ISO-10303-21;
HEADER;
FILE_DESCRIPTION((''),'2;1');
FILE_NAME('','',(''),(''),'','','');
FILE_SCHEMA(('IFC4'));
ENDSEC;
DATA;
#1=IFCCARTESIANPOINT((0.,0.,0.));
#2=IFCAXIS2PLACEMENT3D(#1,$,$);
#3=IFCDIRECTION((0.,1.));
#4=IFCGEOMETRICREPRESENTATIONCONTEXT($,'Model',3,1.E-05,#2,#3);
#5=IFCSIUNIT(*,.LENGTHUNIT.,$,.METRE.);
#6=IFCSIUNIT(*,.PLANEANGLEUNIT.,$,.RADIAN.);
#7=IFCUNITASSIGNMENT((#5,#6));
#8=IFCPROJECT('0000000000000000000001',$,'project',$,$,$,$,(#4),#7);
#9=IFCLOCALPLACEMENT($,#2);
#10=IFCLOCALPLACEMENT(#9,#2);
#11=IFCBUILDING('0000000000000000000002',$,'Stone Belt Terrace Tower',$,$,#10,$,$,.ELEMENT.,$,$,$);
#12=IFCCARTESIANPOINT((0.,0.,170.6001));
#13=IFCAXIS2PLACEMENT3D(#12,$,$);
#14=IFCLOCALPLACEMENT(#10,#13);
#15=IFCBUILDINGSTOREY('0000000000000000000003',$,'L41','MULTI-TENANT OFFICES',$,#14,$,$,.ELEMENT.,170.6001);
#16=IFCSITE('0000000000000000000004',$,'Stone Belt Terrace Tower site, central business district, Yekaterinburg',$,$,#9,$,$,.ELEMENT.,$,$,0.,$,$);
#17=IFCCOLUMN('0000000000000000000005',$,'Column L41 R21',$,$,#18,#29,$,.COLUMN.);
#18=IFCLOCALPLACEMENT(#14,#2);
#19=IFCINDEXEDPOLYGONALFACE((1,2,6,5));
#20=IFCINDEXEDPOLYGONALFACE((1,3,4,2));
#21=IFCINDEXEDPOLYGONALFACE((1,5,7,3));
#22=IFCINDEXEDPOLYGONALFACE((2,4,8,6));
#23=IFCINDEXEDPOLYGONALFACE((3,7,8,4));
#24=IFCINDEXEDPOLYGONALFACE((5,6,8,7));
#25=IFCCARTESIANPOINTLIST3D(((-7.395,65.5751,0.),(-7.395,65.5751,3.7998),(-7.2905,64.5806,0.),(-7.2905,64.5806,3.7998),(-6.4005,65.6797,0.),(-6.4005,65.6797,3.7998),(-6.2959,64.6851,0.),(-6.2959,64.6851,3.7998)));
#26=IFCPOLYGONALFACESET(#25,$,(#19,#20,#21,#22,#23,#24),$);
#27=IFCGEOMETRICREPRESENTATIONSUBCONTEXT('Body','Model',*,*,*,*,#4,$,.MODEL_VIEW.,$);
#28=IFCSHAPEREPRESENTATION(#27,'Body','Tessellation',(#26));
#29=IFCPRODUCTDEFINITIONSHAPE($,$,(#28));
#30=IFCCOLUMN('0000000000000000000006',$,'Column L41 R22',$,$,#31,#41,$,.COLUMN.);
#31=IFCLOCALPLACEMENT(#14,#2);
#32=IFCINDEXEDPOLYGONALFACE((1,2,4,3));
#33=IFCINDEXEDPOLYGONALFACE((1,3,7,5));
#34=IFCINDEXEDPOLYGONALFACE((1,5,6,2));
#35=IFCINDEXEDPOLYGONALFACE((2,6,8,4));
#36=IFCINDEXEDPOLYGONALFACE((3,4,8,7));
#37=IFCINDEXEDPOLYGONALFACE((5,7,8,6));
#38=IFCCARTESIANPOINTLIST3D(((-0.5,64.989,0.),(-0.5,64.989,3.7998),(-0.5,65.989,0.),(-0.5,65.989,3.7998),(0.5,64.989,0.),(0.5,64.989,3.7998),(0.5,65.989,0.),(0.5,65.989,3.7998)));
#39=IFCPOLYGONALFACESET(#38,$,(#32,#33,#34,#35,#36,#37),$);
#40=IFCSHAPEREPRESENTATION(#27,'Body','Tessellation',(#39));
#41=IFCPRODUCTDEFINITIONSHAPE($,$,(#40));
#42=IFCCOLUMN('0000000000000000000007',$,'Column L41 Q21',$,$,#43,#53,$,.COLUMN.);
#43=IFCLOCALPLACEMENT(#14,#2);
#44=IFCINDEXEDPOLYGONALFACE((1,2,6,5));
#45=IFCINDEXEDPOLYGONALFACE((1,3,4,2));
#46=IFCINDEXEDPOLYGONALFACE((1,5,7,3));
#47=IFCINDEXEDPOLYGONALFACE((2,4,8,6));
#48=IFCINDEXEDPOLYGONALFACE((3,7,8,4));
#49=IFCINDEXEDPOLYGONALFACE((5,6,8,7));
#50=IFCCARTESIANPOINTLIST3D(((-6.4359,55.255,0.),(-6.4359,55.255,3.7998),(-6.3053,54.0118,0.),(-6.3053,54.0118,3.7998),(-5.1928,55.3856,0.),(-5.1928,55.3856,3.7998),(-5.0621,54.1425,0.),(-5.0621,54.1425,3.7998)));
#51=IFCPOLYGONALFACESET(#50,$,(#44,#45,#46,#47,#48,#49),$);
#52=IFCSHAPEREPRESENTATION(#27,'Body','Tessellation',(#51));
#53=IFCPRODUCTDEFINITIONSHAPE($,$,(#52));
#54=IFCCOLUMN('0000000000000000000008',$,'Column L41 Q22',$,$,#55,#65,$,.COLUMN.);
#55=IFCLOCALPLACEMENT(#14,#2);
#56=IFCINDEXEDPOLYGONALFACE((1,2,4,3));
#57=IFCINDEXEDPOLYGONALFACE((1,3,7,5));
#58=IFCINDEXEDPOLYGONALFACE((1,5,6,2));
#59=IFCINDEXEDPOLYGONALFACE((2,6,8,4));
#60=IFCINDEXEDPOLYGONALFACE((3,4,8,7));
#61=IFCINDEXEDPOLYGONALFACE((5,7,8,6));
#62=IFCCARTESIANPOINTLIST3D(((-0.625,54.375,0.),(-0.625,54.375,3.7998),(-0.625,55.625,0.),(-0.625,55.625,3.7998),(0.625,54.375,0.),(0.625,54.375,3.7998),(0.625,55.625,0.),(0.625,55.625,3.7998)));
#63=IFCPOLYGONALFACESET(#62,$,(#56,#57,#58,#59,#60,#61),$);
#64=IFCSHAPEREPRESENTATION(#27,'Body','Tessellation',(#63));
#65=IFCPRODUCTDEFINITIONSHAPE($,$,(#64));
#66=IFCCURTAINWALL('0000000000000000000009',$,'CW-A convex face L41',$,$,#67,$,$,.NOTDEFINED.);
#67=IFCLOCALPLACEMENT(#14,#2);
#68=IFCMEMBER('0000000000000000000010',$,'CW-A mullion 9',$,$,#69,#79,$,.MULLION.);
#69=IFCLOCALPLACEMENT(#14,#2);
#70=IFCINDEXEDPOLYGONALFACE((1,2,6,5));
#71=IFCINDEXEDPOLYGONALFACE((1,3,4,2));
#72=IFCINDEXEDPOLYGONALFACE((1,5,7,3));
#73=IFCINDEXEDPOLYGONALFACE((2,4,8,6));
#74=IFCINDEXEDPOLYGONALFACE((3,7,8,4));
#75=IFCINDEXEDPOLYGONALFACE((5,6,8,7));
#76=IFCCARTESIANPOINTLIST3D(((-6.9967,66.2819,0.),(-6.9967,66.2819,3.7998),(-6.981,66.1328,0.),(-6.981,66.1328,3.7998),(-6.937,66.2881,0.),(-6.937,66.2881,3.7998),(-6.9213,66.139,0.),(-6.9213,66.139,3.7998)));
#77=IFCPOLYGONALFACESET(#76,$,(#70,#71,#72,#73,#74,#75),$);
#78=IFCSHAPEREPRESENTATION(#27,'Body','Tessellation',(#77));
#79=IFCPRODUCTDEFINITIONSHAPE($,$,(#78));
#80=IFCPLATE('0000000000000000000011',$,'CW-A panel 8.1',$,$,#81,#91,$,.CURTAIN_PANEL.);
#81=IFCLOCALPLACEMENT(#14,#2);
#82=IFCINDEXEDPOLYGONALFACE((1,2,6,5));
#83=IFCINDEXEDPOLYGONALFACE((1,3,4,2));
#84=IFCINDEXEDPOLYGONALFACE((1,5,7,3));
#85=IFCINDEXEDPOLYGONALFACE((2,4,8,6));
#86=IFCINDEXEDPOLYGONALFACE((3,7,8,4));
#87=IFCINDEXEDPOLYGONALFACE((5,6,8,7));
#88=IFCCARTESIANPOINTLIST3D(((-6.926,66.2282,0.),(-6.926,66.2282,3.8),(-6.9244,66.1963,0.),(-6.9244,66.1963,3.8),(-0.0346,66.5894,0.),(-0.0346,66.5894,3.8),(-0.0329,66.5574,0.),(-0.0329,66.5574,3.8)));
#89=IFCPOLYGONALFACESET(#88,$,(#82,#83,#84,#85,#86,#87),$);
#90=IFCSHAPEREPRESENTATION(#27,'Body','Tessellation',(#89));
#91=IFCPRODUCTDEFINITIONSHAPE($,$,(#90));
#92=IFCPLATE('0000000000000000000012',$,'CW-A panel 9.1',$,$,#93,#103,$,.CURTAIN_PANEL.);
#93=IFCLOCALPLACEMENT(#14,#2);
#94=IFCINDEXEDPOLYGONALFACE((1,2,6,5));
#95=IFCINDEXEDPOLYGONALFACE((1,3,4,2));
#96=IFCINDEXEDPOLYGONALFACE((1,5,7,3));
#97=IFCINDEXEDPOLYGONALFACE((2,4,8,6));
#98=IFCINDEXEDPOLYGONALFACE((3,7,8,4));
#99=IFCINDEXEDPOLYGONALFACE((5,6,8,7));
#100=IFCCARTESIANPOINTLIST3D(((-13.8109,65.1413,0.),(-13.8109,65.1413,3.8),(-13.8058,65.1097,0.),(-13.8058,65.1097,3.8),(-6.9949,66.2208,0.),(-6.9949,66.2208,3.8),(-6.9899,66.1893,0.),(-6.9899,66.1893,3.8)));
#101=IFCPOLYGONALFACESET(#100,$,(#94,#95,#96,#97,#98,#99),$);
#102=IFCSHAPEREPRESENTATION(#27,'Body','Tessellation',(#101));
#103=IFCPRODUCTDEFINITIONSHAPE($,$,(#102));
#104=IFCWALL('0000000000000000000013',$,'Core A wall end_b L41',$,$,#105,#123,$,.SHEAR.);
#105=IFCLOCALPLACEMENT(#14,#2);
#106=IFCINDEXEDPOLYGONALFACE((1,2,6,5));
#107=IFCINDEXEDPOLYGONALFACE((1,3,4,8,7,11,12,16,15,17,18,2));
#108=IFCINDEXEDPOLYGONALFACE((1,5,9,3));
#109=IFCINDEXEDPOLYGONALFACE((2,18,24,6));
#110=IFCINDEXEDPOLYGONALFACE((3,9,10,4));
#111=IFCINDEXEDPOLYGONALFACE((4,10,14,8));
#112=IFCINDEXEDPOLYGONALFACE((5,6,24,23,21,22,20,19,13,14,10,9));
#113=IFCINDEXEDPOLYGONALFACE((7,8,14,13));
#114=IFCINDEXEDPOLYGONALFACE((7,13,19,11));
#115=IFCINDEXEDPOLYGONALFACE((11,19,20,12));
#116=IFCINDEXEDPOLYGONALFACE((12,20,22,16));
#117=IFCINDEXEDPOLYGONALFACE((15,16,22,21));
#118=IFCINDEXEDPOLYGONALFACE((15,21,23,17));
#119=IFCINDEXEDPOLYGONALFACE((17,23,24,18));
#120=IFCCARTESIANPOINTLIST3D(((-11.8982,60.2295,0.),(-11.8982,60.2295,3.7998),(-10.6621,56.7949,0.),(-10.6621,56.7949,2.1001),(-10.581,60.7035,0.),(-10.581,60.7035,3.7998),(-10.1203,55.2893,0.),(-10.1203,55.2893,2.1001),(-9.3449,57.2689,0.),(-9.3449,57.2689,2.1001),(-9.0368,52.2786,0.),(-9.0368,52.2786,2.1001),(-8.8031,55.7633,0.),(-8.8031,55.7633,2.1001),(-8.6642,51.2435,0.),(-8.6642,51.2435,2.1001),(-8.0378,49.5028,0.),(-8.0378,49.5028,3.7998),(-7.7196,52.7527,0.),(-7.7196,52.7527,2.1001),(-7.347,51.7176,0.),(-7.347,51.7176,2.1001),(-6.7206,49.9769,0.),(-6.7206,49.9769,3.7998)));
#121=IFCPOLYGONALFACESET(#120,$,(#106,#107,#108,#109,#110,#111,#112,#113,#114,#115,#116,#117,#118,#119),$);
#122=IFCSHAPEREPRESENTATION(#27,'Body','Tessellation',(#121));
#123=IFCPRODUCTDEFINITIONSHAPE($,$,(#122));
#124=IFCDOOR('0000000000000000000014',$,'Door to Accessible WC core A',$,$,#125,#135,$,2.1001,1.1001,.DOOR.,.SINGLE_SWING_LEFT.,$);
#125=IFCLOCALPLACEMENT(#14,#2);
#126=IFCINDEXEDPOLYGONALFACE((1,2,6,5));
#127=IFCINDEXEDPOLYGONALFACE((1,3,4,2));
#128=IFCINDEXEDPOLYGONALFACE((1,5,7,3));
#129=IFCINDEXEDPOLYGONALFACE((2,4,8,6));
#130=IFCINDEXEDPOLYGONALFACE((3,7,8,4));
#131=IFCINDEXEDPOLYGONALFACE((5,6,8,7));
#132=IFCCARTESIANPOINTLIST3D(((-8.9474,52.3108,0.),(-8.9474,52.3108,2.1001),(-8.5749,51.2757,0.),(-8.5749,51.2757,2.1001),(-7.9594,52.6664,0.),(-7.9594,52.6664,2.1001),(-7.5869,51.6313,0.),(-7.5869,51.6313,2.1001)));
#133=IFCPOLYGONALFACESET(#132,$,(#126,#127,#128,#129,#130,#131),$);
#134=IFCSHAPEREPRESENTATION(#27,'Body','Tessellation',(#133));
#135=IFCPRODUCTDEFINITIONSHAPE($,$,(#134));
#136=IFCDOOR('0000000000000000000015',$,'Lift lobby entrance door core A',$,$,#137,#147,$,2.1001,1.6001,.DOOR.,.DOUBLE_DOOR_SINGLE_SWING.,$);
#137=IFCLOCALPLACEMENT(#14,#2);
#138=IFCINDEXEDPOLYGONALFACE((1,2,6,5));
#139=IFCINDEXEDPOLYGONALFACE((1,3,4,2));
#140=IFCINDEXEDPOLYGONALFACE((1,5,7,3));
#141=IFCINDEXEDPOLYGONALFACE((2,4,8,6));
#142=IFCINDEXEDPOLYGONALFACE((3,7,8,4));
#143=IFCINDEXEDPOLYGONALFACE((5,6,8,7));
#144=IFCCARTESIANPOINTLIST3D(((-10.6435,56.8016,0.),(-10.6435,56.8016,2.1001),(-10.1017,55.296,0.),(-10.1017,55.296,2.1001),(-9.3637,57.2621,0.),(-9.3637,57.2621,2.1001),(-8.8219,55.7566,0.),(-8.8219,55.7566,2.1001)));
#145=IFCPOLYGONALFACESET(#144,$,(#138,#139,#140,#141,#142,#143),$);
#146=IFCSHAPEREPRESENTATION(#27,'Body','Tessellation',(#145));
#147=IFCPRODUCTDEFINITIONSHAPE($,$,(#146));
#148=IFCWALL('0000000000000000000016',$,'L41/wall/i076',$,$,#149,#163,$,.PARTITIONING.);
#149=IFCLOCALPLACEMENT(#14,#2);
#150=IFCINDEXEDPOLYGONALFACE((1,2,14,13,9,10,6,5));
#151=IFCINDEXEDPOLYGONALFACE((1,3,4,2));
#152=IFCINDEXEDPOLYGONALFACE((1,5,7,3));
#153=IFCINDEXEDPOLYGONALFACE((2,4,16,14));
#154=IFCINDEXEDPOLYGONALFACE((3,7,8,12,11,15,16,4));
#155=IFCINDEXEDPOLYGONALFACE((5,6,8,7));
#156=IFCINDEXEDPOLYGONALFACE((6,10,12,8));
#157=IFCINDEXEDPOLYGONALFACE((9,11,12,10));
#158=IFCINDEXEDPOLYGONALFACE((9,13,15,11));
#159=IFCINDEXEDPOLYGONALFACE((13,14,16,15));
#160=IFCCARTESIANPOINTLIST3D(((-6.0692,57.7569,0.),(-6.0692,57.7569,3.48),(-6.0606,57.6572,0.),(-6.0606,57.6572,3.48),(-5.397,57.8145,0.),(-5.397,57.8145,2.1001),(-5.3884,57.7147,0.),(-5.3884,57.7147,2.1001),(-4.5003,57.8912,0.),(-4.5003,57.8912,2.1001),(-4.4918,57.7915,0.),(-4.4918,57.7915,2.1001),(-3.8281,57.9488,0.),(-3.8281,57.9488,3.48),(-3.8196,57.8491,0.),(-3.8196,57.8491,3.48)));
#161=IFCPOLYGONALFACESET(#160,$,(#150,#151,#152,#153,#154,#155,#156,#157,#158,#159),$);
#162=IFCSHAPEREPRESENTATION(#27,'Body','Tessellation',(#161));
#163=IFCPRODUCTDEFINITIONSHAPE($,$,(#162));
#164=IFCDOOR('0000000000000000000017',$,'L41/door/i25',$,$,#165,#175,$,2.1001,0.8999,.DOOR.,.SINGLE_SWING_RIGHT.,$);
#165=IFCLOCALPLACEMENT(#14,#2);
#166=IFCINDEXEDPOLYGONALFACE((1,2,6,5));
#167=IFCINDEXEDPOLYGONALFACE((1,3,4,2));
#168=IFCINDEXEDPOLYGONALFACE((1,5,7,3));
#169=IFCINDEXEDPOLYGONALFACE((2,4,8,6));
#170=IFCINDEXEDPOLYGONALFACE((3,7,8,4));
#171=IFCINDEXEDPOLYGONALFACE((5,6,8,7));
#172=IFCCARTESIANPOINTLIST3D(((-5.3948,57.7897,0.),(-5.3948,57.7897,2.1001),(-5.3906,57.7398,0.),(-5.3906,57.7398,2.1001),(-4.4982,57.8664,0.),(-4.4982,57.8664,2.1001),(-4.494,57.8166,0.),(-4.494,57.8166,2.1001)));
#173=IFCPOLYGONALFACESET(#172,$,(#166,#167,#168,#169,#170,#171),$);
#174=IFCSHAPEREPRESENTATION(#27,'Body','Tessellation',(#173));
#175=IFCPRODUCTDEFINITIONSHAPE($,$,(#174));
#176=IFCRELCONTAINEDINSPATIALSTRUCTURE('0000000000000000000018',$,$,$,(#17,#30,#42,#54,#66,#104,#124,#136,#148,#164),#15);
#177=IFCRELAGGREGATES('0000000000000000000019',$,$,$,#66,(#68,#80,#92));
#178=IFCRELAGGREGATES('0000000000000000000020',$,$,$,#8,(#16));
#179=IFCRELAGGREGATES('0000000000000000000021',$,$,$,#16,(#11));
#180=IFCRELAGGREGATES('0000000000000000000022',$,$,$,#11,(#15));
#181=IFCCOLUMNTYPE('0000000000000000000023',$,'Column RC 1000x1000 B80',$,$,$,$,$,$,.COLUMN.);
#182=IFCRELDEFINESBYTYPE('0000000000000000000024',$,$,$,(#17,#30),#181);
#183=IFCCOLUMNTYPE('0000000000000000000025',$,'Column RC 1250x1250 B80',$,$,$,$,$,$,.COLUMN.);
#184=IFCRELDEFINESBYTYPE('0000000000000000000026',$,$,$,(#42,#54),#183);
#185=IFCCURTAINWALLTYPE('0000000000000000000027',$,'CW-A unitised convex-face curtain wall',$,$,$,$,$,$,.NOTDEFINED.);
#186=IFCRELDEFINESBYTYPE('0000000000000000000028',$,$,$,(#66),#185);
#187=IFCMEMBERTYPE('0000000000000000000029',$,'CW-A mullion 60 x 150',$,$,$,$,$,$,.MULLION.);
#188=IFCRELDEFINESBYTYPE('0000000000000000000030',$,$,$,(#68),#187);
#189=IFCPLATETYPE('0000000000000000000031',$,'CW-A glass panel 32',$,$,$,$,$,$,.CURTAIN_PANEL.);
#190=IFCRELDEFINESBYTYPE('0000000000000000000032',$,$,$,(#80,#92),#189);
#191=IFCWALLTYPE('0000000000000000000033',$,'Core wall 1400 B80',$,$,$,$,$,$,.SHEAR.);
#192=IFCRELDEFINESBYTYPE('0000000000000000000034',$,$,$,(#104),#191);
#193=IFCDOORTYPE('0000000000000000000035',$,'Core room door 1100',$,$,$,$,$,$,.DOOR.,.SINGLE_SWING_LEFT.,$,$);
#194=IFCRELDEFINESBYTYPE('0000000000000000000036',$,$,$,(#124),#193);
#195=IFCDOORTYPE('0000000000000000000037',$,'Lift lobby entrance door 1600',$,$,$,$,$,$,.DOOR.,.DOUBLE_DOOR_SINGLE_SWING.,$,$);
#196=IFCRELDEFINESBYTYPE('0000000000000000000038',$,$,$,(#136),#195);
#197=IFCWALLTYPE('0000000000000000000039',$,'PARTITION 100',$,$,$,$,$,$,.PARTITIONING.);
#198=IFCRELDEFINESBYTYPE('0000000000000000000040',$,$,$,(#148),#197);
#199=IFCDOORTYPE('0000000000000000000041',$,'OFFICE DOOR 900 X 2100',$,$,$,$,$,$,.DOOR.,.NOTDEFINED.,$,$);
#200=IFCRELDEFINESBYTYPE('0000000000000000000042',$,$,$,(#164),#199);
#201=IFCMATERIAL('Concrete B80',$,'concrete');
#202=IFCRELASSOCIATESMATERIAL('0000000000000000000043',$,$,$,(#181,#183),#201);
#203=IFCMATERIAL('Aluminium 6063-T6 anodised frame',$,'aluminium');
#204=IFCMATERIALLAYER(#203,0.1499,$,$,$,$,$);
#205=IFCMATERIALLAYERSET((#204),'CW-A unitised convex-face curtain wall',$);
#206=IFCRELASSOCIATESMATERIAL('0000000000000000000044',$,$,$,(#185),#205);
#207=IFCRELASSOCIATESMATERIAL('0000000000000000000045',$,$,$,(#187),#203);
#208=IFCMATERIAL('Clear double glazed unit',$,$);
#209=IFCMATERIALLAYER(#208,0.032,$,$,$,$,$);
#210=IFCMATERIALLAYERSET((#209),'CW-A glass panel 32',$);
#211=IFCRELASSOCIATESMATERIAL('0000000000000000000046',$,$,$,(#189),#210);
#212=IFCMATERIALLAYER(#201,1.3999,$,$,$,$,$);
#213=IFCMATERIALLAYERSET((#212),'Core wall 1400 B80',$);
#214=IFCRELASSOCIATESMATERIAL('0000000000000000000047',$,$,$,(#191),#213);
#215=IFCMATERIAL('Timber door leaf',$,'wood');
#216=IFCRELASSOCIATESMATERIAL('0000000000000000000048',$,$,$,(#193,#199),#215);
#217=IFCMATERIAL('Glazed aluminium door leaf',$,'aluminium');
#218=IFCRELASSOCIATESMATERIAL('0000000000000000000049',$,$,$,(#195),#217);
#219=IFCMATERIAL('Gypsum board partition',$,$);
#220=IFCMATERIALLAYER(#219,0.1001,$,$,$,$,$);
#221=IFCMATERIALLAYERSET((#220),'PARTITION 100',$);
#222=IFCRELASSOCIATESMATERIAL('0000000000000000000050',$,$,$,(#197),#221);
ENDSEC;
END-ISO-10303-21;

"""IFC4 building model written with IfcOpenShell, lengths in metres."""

from ifc_helpers import new_model, si_unit, direction, frame, frame_2d, origin, origin_2d, place, context, subcontext, project, spatial, rectangle, extrude, material, layer, layer_set, material_profile, profile_set, type_object, element, fill, aggregate, save


model = new_model("IFC4")

# Units and contexts
model_context = context("Model", 3, precision=1e-05, world=origin(), true_north=direction((0.0, 1.0)))
body_context = subcontext(model_context, "Body", "Model", "MODEL_VIEW")
ifc_project = project(units=[si_unit("LENGTHUNIT", "METRE"), si_unit("PLANEANGLEUNIT", "RADIAN")], contexts=[model_context])

# Site, building, storey
site_placement = place(None, origin())
site = spatial("IfcSite", under=ifc_project, at=site_placement, Name="Stone Belt Terrace Tower site, central business district, Yekaterinburg", CompositionType="ELEMENT", RefElevation=0.0)
building_placement = place(site_placement, origin())
building = spatial("IfcBuilding", under=site, at=building_placement, Name="Stone Belt Terrace Tower", CompositionType="ELEMENT")
storey_placement = place(building_placement, frame((0.0, 0.0, 170.6001)))
storey = spatial("IfcBuildingStorey", under=building, at=storey_placement, Name="L41", Description="MULTI-TENANT OFFICES", CompositionType="ELEMENT", Elevation=170.6001)

# Columns
ifc_material_1 = material(Name="Concrete B80", Category="concrete")
ifc_material_profile_1 = material_profile(ifc_material_1, rectangle(XDim=1.0, YDim=1.0, at=origin_2d()), Name="RC 1000x1000")
ifc_profile_set_1 = profile_set([ifc_material_profile_1], Name="Concrete B80")
column_type_1 = type_object("IfcColumnType", Name="Column RC 1000x1000 B80", PredefinedType="COLUMN", material=ifc_profile_set_1)
for number, where, z_axis, x_axis, name in (
    (1, (-6.8455, 65.1301, 0.0), (0.0, 0.0, 1.0), (0.994522, 0.104528, 0.0), "Column L41 R21"),
    (2, (0.0, 65.489, 0.0), (0.0, 0.0, 1.0), (1.0, 0.0, 0.0), "Column L41 R22"),
):
    element("IfcColumn", number, at=place(storey_placement, frame(where, z_axis=z_axis, x_axis=x_axis)), inside=storey, type_object=column_type_1, Name=name, PredefinedType="COLUMN", context=body_context, shape_type="SweptSolid", body=[
        extrude(rectangle(XDim=1.0, YDim=1.0, at=origin_2d()), origin(), (0.0, 0.0, 1.0), 3.7998),
    ])
ifc_material_profile_2 = material_profile(ifc_material_1, rectangle(XDim=1.25, YDim=1.25, at=origin_2d()), Name="RC 1250x1250")
ifc_profile_set_2 = profile_set([ifc_material_profile_2], Name="Concrete B80")
column_type_2 = type_object("IfcColumnType", Name="Column RC 1250x1250 B80", PredefinedType="COLUMN", material=ifc_profile_set_2)
for number, where, z_axis, x_axis, name in (
    (3, (-5.749, 54.6987, 0.0), (0.0, 0.0, 1.0), (0.994522, 0.104528, 0.0), "Column L41 Q21"),
    (4, (0.0, 55.0, 0.0), (0.0, 0.0, 1.0), (1.0, 0.0, 0.0), "Column L41 Q22"),
):
    element("IfcColumn", number, at=place(storey_placement, frame(where, z_axis=z_axis, x_axis=x_axis)), inside=storey, type_object=column_type_2, Name=name, PredefinedType="COLUMN", context=body_context, shape_type="SweptSolid", body=[
        extrude(rectangle(XDim=1.25, YDim=1.25, at=origin_2d()), origin(), (0.0, 0.0, 1.0), 3.7998),
    ])

# Curtain wall, member, plates
ifc_material_2 = material(Name="Aluminium 6063-T6 anodised frame", Category="aluminium")
ifc_layer_1 = layer(ifc_material_2, 0.1499)
ifc_layer_set_1 = layer_set([ifc_layer_1], Name="CW-A unitised convex-face curtain wall")
curtain_wall_type = type_object("IfcCurtainWallType", Name="CW-A unitised convex-face curtain wall", PredefinedType="NOTDEFINED", material=ifc_layer_set_1)
curtain_wall_placement = place(storey_placement, origin())
curtain_wall = element("IfcCurtainWall", 5, at=curtain_wall_placement, inside=storey, type_object=curtain_wall_type, Name="CW-A convex face L41", PredefinedType="NOTDEFINED")
ifc_material_profile_3 = material_profile(ifc_material_2, rectangle(XDim=0.1499, YDim=0.0601, at=origin_2d()), Name="Aluminium 6063-T6 60x150")
ifc_profile_set_3 = profile_set([ifc_material_profile_3], Name="Aluminium 6063-T6 anodised frame")
member_type = type_object("IfcMemberType", Name="CW-A mullion 60 x 150", PredefinedType="MULLION", material=ifc_profile_set_3)
member_placement = place(storey_placement, frame((-6.959, 66.2104, 0.0), z_axis=(0.0, 0.0, 1.0), x_axis=(0.104528, -0.994522, 0.0)))
member = element("IfcMember", 6, at=member_placement, type_object=member_type, Name="CW-A mullion 9", PredefinedType="MULLION", context=body_context, shape_type="SweptSolid", body=[
    extrude(rectangle(XDim=0.1499, YDim=0.0601, at=origin_2d()), origin(), (0.0, 0.0, 1.0), 3.7998),
])
ifc_material_3 = material(Name="Clear double glazed unit")
ifc_layer_2 = layer(ifc_material_3, 0.032)
ifc_layer_set_2 = layer_set([ifc_layer_2], Name="CW-A glass panel 32")
plate_type = type_object("IfcPlateType", Name="CW-A glass panel 32", PredefinedType="CURTAIN_PANEL", material=ifc_layer_set_2)
plate_1_placement = place(storey_placement, frame((-3.4795, 66.3928, 0.0), z_axis=(0.0, 0.0, 1.0), x_axis=(-0.99863, -0.052336, 0.0)))
plate_1 = element("IfcPlate", 7, at=plate_1_placement, type_object=plate_type, Name="CW-A panel 8.1", PredefinedType="CURTAIN_PANEL", context=body_context, shape_type="SweptSolid", body=[
    extrude(rectangle(XDim=6.9009, YDim=0.032, at=origin_2d()), origin(), (0.0, 0.0, 1.0), 3.8),
])
plate_2_placement = place(storey_placement, frame((-10.4004, 65.6653, 0.0), z_axis=(0.0, 0.0, 1.0), x_axis=(-0.987688, -0.156434, 0.0)))
plate_2 = element("IfcPlate", 8, at=plate_2_placement, type_object=plate_type, Name="CW-A panel 9.1", PredefinedType="CURTAIN_PANEL", context=body_context, shape_type="SweptSolid", body=[
    extrude(rectangle(XDim=6.9009, YDim=0.032, at=origin_2d()), origin(), (0.0, 0.0, 1.0), 3.8),
])
aggregate(curtain_wall, [member, plate_1, plate_2])

# Wall, openings, doors
ifc_layer_3 = layer(ifc_material_1, 1.3999)
ifc_layer_set_3 = layer_set([ifc_layer_3], Name="Core wall 1400 B80")
wall_type_1 = type_object("IfcWallType", Name="Core wall 1400 B80", PredefinedType="SHEAR", material=ifc_layer_set_3)
wall_1_placement = place(storey_placement, frame((-7.3792, 49.7397, 0.0), z_axis=(0.0, 0.0, 1.0), x_axis=(-0.338625, 0.940921, 0.0)))
wall_1 = element("IfcWall", 9, at=wall_1_placement, inside=storey, type_object=wall_type_1, Name="Core A wall end_b L41", PredefinedType="SHEAR", context=body_context, shape_type="SweptSolid", body=[
    extrude(rectangle(XDim=11.4001, YDim=1.3999, at=frame_2d((5.7002, 0.0))), origin(), (0.0, 0.0, 1.0), 3.7998),
])
opening_1_placement = place(wall_1_placement, frame((6.1499, 0.0, 0.0)))
opening_1 = element("IfcOpeningElement", 10, at=opening_1_placement, cuts=wall_1, PredefinedType="OPENING", context=body_context, shape_type="SweptSolid", body=[
    extrude(rectangle(XDim=1.6001, YDim=2.1001, at=frame_2d((0.8, 1.05))), frame((0.0, 0.71, 0.0), z_axis=(0.0, -1.0, 0.0), x_axis=(1.0, 0.0, 0.0)), (0.0, 0.0, 1.0), 1.4199),
])
opening_2_placement = place(wall_1_placement, frame((1.8501, 0.0, 0.0)))
opening_2 = element("IfcOpeningElement", 11, at=opening_2_placement, cuts=wall_1, PredefinedType="OPENING", context=body_context, shape_type="SweptSolid", body=[
    extrude(rectangle(XDim=1.1001, YDim=2.1001, at=frame_2d((0.55, 1.05))), frame((0.0, 0.71, 0.0), z_axis=(0.0, -1.0, 0.0), x_axis=(1.0, 0.0, 0.0)), (0.0, 0.0, 1.0), 1.4199),
])
ifc_material_4 = material(Name="Timber door leaf", Category="wood")
door_type_1 = type_object("IfcDoorType", Name="Core room door 1100", OperationType="SINGLE_SWING_LEFT", PredefinedType="DOOR", material=ifc_material_4)
door_1_placement = place(opening_2_placement, origin())
door_1 = element("IfcDoor", 12, at=door_1_placement, inside=storey, type_object=door_type_1, Name="Door to Accessible WC core A", OperationType="SINGLE_SWING_LEFT", OverallHeight=2.1001, OverallWidth=1.1001, PredefinedType="DOOR", context=body_context, shape_type="SweptSolid", body=[
    extrude(rectangle(XDim=1.1001, YDim=2.1001, at=frame_2d((0.55, 1.05))), frame((0.0, 0.605, 0.0), z_axis=(0.0, -1.0, 0.0), x_axis=(1.0, 0.0, 0.0)), (0.0, 0.0, 1.0), 1.05),
])
fill(opening_2, door_1)
ifc_material_5 = material(Name="Glazed aluminium door leaf", Category="aluminium")
door_type_2 = type_object("IfcDoorType", Name="Lift lobby entrance door 1600", OperationType="DOUBLE_DOOR_SINGLE_SWING", PredefinedType="DOOR", material=ifc_material_5)
door_2_placement = place(opening_1_placement, origin())
door_2 = element("IfcDoor", 13, at=door_2_placement, inside=storey, type_object=door_type_2, Name="Lift lobby entrance door core A", OperationType="DOUBLE_DOOR_SINGLE_SWING", OverallHeight=2.1001, OverallWidth=1.6001, PredefinedType="DOOR", context=body_context, shape_type="SweptSolid", body=[
    extrude(rectangle(XDim=1.6001, YDim=2.1001, at=frame_2d((0.8, 1.05))), frame((0.0, 0.6802, 0.0), z_axis=(0.0, -1.0, 0.0), x_axis=(1.0, 0.0, 0.0)), (0.0, 0.0, 1.0), 1.3601),
])
fill(opening_1, door_2)

# Wall, opening, door
ifc_material_6 = material(Name="Gypsum board partition")
ifc_layer_4 = layer(ifc_material_6, 0.1001)
ifc_layer_set_4 = layer_set([ifc_layer_4], Name="PARTITION 100")
wall_type_2 = type_object("IfcWallType", Name="PARTITION 100", PredefinedType="PARTITIONING", material=ifc_layer_set_4)
wall_2_placement = place(storey_placement, frame((-3.824, 57.8989, 0.0), z_axis=(0.0, 0.0, 1.0), x_axis=(-0.996354, -0.085318, 0.0)))
wall_2 = element("IfcWall", 14, at=wall_2_placement, inside=storey, type_object=wall_type_2, Name="L41/wall/i076", PredefinedType="PARTITIONING", context=body_context, shape_type="SweptSolid", body=[
    extrude(rectangle(XDim=2.2493, YDim=0.1001, at=frame_2d((1.1245, 0.0))), origin(), (0.0, 0.0, 1.0), 3.48),
])
opening_3_placement = place(wall_2_placement, frame((0.6746, 0.0, 0.0)))
opening_3 = element("IfcOpeningElement", 15, at=opening_3_placement, cuts=wall_2, PredefinedType="OPENING", context=body_context, shape_type="SweptSolid", body=[
    extrude(rectangle(XDim=0.8999, YDim=2.1001, at=frame_2d((0.45, 1.05))), frame((0.0, 0.0601, 0.0), z_axis=(0.0, -1.0, 0.0), x_axis=(1.0, 0.0, 0.0)), (0.0, 0.0, 1.0), 0.1201),
])
door_type_3 = type_object("IfcDoorType", Name="OFFICE DOOR 900 X 2100", OperationType="NOTDEFINED", PredefinedType="DOOR", material=ifc_material_4)
door_3_placement = place(opening_3_placement, origin())
door_3 = element("IfcDoor", 16, at=door_3_placement, inside=storey, type_object=door_type_3, Name="L41/door/i25", OperationType="SINGLE_SWING_RIGHT", OverallHeight=2.1001, OverallWidth=0.8999, PredefinedType="DOOR", context=body_context, shape_type="SweptSolid", body=[
    extrude(rectangle(XDim=0.8999, YDim=2.1001, at=frame_2d((0.45, 1.05))), frame((0.0, 0.0249, 0.0), z_axis=(0.0, -1.0, 0.0), x_axis=(1.0, 0.0, 0.0)), (0.0, 0.0, 1.0), 0.05),
])
fill(opening_3, door_3)

save(model, "model.ifc")
